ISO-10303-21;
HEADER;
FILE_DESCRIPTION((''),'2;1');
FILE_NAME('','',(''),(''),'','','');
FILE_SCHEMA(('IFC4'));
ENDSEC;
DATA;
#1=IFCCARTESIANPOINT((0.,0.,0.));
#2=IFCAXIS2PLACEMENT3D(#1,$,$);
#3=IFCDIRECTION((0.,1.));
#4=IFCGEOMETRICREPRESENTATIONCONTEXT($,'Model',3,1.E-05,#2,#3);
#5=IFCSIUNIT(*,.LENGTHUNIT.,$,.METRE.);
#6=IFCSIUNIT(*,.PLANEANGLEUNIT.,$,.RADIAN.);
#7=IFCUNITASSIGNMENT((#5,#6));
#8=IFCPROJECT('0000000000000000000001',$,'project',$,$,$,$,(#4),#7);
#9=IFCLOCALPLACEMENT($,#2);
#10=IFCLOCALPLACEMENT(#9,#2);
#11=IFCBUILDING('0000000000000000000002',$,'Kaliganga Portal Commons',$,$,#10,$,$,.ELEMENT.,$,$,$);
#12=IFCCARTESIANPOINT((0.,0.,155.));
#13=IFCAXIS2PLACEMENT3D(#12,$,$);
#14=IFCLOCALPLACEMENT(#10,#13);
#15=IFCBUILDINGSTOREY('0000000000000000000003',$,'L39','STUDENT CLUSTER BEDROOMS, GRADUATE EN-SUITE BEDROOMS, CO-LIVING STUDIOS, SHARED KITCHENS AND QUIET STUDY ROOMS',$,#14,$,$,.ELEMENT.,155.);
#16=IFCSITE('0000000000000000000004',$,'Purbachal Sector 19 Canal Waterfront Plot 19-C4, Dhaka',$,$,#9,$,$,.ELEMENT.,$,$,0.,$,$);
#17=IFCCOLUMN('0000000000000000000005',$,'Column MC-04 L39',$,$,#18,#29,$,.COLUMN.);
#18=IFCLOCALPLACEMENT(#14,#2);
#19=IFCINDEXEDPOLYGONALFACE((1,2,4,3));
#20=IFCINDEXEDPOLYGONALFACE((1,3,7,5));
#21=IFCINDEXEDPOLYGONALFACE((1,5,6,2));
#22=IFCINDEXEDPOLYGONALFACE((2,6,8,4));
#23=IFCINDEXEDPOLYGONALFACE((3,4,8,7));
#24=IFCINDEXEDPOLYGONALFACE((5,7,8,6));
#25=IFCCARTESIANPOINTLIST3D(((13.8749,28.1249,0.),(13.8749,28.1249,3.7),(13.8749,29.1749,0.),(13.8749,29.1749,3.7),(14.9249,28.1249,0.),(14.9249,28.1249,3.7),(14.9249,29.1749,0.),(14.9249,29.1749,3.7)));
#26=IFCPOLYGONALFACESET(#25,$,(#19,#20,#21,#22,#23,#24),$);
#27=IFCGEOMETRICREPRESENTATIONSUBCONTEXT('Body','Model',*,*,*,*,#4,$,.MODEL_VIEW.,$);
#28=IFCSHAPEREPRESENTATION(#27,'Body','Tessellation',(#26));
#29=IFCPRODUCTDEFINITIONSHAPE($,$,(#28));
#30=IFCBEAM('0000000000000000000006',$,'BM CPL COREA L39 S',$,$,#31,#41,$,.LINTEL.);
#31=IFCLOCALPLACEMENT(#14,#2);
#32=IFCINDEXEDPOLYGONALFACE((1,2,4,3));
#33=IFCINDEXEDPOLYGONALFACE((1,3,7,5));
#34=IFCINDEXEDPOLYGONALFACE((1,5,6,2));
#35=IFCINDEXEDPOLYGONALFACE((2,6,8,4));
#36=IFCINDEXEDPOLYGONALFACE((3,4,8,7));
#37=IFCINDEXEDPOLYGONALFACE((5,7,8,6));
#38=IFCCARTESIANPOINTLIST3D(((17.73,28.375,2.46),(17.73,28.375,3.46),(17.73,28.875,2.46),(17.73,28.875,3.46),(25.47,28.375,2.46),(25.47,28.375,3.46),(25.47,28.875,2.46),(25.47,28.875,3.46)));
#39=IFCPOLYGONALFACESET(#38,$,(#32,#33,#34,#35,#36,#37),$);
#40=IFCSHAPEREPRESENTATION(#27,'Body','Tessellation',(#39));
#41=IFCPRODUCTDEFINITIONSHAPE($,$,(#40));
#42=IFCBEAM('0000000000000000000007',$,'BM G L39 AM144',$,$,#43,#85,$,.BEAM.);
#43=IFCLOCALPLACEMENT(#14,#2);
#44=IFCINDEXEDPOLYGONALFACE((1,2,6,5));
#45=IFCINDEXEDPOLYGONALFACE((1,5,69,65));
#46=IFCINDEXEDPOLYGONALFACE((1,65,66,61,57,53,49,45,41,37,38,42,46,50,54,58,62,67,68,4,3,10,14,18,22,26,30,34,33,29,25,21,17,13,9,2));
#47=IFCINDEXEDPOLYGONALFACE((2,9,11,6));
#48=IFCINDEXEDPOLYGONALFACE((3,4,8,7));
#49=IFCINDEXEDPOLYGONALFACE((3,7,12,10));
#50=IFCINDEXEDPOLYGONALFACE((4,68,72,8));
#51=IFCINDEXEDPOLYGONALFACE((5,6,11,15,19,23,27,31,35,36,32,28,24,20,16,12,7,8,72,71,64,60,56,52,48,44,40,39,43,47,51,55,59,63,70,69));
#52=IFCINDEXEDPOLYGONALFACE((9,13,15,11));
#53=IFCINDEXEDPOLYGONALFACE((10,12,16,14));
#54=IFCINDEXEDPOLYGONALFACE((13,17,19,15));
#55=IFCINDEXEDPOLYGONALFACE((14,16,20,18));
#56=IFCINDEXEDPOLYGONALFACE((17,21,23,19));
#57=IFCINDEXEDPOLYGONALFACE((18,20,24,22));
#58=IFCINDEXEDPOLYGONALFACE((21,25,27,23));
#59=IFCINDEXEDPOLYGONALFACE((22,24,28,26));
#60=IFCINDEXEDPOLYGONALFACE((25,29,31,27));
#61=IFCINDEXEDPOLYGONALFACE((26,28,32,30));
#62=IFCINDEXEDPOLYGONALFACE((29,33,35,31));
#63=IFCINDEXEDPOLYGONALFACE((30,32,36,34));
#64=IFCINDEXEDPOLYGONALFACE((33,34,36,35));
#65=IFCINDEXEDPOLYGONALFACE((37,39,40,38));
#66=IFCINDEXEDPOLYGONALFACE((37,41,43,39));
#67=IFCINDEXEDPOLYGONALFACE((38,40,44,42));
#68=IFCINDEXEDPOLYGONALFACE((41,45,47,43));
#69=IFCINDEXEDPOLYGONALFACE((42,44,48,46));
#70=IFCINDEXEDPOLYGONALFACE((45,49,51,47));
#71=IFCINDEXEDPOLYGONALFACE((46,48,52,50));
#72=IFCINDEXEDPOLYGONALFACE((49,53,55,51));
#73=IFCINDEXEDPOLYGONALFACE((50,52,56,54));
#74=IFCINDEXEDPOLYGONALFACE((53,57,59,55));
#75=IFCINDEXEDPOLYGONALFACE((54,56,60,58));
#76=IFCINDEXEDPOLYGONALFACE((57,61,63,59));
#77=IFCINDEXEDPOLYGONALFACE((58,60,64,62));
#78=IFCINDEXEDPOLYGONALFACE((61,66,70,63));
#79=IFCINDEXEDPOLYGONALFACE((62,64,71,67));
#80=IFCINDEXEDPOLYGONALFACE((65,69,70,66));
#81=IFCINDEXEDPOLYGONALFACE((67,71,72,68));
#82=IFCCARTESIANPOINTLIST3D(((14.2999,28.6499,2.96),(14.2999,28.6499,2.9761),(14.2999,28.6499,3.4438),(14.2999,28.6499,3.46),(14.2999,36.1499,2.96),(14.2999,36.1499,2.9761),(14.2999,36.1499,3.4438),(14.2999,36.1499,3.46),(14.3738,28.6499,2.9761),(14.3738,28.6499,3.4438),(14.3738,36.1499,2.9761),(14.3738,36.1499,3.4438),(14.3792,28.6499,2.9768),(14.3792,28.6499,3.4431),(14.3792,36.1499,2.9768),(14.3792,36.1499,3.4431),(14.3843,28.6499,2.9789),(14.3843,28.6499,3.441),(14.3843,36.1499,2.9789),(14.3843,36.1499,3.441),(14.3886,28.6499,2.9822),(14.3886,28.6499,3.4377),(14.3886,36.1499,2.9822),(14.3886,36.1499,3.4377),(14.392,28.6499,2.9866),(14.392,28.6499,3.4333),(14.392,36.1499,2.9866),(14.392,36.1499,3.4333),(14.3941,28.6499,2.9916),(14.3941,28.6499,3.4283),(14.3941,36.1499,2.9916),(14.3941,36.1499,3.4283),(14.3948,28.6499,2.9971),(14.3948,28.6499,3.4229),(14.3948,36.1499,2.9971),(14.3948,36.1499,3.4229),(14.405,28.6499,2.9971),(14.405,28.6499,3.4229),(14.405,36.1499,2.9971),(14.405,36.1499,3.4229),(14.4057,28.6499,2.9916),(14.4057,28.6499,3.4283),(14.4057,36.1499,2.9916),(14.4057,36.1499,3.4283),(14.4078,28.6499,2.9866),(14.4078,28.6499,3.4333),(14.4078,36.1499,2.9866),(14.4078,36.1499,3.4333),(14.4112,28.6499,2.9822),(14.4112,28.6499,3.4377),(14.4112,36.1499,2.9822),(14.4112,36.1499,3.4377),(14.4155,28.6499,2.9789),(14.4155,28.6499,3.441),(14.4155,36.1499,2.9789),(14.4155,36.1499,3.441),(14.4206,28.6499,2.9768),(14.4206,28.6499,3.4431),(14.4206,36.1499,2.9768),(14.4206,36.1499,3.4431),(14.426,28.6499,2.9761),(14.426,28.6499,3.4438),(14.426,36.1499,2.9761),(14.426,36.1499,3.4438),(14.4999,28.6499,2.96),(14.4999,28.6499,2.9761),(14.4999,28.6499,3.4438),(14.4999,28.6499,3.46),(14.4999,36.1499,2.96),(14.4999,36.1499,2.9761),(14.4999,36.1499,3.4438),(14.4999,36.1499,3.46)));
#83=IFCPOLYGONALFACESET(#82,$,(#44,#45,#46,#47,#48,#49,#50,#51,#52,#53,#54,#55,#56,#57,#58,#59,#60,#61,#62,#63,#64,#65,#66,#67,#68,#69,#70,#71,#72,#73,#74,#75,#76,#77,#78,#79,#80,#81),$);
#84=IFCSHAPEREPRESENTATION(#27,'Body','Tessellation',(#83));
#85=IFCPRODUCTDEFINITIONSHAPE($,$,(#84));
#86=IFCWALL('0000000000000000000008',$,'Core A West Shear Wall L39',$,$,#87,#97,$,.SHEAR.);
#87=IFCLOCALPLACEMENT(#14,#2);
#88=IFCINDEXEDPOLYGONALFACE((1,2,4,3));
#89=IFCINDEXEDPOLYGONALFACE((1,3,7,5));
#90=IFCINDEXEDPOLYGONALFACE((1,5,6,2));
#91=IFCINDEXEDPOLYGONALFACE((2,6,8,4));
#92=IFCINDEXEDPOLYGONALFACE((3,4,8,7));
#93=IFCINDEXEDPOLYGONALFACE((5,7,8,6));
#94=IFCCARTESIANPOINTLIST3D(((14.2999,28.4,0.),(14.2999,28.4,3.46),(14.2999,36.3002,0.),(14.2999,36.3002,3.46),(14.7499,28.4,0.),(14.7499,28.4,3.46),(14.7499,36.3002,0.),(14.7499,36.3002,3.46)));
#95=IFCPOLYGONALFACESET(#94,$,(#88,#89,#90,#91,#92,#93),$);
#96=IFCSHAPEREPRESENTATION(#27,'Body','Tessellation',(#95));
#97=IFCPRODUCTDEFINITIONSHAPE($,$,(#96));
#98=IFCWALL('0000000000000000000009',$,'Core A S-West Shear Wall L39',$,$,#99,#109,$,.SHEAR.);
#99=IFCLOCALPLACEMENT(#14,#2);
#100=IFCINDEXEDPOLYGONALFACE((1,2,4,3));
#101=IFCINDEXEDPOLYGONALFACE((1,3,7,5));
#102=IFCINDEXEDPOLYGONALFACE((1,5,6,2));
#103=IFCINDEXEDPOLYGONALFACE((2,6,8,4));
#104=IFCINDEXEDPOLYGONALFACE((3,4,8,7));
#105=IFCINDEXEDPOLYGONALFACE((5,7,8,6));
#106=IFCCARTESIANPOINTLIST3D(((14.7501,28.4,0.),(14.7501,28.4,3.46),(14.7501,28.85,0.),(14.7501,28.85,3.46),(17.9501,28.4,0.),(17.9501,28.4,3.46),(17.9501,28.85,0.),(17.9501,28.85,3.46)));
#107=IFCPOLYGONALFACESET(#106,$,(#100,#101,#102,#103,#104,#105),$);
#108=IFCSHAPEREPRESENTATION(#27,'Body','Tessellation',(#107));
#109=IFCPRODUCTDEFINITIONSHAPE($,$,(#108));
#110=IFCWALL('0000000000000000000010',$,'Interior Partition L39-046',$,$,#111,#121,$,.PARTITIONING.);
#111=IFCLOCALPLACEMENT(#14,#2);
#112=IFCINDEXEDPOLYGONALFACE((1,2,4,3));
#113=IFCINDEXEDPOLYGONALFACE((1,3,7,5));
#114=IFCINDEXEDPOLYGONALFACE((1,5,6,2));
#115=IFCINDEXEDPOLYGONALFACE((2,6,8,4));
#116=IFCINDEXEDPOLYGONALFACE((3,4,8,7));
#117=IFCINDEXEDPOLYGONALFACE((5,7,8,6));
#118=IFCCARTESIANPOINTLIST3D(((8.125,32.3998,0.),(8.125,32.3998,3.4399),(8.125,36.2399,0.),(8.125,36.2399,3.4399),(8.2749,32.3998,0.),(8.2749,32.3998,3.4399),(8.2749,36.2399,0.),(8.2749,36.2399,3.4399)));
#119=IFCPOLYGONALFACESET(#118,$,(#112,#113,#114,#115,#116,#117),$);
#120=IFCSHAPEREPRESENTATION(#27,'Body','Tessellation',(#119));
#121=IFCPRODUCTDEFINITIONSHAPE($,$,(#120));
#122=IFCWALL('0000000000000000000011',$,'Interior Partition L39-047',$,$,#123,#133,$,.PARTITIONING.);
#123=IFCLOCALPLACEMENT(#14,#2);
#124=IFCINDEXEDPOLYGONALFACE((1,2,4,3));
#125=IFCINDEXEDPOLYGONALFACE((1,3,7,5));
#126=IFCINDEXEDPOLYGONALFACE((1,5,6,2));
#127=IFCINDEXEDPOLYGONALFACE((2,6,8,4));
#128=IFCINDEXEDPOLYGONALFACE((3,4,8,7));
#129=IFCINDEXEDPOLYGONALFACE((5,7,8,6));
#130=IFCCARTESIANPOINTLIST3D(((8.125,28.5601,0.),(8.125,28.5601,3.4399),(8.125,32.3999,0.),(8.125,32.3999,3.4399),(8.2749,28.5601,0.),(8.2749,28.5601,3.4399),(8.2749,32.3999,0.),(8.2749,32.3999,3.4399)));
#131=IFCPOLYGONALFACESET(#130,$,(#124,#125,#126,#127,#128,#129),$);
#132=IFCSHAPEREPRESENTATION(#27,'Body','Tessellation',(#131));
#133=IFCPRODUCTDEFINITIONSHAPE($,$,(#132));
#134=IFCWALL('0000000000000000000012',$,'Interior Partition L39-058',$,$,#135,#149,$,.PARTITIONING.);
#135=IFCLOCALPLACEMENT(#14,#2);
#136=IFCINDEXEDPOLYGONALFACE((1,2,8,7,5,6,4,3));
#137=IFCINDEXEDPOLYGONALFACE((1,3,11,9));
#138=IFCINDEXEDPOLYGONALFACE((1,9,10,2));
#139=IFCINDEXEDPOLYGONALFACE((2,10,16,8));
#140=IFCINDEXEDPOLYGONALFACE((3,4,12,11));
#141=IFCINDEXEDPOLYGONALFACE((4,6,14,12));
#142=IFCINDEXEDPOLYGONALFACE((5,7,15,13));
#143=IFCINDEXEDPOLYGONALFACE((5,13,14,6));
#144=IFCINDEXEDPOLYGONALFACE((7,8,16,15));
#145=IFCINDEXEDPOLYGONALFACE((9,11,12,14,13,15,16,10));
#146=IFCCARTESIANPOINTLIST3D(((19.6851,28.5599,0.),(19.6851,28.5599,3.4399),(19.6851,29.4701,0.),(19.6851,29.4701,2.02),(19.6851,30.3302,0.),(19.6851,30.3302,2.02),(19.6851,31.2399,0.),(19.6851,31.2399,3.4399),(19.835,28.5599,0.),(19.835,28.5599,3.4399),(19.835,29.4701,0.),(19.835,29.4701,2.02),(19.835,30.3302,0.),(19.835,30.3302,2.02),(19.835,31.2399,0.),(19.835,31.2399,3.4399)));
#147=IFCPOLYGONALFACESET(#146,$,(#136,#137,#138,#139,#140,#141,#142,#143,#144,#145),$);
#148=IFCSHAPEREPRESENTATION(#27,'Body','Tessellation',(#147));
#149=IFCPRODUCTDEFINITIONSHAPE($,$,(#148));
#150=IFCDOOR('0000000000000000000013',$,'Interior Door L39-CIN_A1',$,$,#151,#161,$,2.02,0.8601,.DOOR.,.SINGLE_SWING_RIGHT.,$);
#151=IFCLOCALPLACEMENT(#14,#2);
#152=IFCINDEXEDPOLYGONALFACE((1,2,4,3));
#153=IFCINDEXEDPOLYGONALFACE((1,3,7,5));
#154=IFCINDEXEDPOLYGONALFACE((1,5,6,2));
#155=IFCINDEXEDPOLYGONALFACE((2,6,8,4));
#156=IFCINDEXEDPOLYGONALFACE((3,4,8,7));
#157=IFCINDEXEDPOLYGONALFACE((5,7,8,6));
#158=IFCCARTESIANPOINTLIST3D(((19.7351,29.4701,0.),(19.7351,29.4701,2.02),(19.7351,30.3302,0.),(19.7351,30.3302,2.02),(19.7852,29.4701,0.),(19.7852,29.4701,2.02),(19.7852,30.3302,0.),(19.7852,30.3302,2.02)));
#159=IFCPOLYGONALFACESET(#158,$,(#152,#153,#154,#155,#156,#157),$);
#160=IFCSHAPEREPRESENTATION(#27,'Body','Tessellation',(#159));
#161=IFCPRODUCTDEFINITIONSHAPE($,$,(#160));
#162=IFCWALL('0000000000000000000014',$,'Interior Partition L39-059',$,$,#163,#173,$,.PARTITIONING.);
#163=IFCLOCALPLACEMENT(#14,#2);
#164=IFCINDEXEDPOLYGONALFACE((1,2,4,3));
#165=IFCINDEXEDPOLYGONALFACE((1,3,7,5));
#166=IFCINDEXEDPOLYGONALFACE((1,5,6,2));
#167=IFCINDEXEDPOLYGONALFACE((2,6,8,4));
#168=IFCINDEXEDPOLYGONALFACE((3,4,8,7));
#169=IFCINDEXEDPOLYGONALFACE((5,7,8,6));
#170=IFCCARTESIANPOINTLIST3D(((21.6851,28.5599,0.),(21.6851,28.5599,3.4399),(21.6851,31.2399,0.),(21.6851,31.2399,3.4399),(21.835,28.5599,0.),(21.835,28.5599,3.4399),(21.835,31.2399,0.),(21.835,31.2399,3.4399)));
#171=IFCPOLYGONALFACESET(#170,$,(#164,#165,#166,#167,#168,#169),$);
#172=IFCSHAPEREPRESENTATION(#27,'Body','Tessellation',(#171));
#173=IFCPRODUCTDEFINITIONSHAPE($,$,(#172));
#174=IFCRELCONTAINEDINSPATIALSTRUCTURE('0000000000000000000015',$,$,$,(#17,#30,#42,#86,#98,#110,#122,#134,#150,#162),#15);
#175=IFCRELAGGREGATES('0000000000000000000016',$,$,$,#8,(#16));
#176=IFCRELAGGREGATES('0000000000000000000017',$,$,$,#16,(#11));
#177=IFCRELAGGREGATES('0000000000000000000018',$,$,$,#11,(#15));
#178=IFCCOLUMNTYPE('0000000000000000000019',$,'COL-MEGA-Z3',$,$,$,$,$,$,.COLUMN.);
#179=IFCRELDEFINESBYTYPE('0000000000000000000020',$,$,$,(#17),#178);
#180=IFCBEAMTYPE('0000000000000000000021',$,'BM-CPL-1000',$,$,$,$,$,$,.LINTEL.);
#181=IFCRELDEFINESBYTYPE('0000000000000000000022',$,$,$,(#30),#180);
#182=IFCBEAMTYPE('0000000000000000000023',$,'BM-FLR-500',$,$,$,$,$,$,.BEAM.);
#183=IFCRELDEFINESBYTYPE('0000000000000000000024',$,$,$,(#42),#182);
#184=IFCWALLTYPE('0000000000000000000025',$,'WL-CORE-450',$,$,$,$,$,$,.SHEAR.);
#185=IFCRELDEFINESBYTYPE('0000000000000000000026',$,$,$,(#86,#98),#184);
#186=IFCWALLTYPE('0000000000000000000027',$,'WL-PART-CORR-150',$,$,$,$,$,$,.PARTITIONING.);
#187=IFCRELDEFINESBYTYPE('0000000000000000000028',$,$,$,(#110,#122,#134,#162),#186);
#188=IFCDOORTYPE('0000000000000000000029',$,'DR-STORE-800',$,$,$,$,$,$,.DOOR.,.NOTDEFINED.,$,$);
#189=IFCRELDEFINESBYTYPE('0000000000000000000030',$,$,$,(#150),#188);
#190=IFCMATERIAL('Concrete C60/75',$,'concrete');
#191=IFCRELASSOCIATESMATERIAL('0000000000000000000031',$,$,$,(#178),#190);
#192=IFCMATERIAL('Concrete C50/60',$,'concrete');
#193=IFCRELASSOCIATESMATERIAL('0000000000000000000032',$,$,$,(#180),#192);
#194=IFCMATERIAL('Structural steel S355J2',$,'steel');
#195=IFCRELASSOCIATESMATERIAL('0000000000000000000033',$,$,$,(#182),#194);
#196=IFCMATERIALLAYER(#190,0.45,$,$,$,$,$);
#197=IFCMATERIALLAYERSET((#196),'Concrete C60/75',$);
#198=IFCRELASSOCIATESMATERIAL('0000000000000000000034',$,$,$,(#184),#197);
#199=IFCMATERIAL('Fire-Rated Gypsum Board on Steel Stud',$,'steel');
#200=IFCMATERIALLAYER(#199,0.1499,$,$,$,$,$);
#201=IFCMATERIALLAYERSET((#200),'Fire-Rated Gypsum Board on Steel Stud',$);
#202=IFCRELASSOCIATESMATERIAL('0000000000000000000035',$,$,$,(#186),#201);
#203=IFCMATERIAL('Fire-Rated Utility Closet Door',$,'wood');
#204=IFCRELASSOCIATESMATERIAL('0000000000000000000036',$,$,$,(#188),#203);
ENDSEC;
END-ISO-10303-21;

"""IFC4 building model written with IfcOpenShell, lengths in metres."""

from ifc_helpers import new_model, si_unit, direction, frame, frame_2d, origin, origin_2d, place, context, subcontext, project, spatial, rectangle, i_section, extrude, source, transform, mapped, material, layer, layer_set, material_profile, profile_set, type_object, element, fill, save


model = new_model("IFC4")

# Units and contexts
model_context = context("Model", 3, precision=1e-05, world=origin(), true_north=direction((0.0, 1.0)))
body_context = subcontext(model_context, "Body", "Model", "MODEL_VIEW")
ifc_project = project(units=[si_unit("LENGTHUNIT", "METRE"), si_unit("PLANEANGLEUNIT", "RADIAN")], contexts=[model_context])

# Site, building, storey
site_placement = place(None, origin())
site = spatial("IfcSite", under=ifc_project, at=site_placement, Name="Purbachal Sector 19 Canal Waterfront Plot 19-C4, Dhaka", CompositionType="ELEMENT", RefElevation=0.0)
building_placement = place(site_placement, origin())
building = spatial("IfcBuilding", under=site, at=building_placement, Name="Kaliganga Portal Commons", CompositionType="ELEMENT")
storey_placement = place(building_placement, frame((0.0, 0.0, 155.0)))
storey = spatial("IfcBuildingStorey", under=building, at=storey_placement, Name="L39", Description="STUDENT CLUSTER BEDROOMS, GRADUATE EN-SUITE BEDROOMS, CO-LIVING STUDIOS, SHARED KITCHENS AND QUIET STUDY ROOMS", CompositionType="ELEMENT", Elevation=155.0)

# Column
ifc_material_1 = material(Name="Concrete C60/75", Category="concrete")
ifc_material_profile_1 = material_profile(ifc_material_1, rectangle(XDim=1.05, YDim=1.05, at=origin_2d()), Name="RC 1050x1050")
ifc_profile_set_1 = profile_set([ifc_material_profile_1], Name="Concrete C60/75")
column_type = type_object("IfcColumnType", Name="COL-MEGA-Z3", PredefinedType="COLUMN", material=ifc_profile_set_1)
shared_shape_1 = source(origin(), body_context, "Body", "SweptSolid", [
    extrude(rectangle(XDim=1.05, YDim=1.05, at=origin_2d()), origin(), (0.0, 0.0, 1.0), 3.7),
])
column_placement = place(storey_placement, frame((14.3999, 28.6499, 0.0), z_axis=(0.0, 0.0, 1.0), x_axis=(1.0, 0.0, 0.0)))
element("IfcColumn", 1, at=column_placement, inside=storey, type_object=column_type, Name="Column MC-04 L39", PredefinedType="COLUMN", context=body_context, shape_type="MappedRepresentation", body=[
    mapped(shared_shape_1, transform((0.0, 0.0, 0.0), x_axis=(1.0, 0.0, 0.0), y_axis=(0.0, 1.0, 0.0), z_axis=(0.0, 0.0, 1.0), scale=1.0)),
])

# Beams
ifc_material_2 = material(Name="Concrete C50/60", Category="concrete")
ifc_material_profile_2 = material_profile(ifc_material_2, rectangle(XDim=0.5, YDim=1.0, at=origin_2d()), Name="RC 500x1000")
ifc_profile_set_2 = profile_set([ifc_material_profile_2], Name="Concrete C50/60")
beam_type_1 = type_object("IfcBeamType", Name="BM-CPL-1000", PredefinedType="LINTEL", material=ifc_profile_set_2)
shared_shape_2 = source(origin(), body_context, "Body", "SweptSolid", [
    extrude(rectangle(XDim=0.5, YDim=1.0, at=origin_2d()), origin(), (0.0, 0.0, 1.0), 7.74),
])
beam_1_placement = place(storey_placement, frame((17.73, 28.625, 2.96), z_axis=(1.0, 0.0, 0.0), x_axis=(0.0, 1.0, 0.0)))
element("IfcBeam", 2, at=beam_1_placement, inside=storey, type_object=beam_type_1, Name="BM CPL COREA L39 S", PredefinedType="LINTEL", context=body_context, shape_type="MappedRepresentation", body=[
    mapped(shared_shape_2, transform((0.0, 0.0, 0.0), x_axis=(1.0, 0.0, 0.0), y_axis=(0.0, 1.0, 0.0), z_axis=(0.0, 0.0, 1.0), scale=1.0)),
])
ifc_material_3 = material(Name="Structural steel S355J2", Category="steel")
ifc_material_profile_3 = material_profile(ifc_material_3, i_section(OverallWidth=0.2, OverallDepth=0.5, WebThickness=0.0103, FlangeThickness=0.0161, FilletRadius=0.021, at=origin_2d()), Name="IPE 500")
ifc_profile_set_3 = profile_set([ifc_material_profile_3], Name="Structural steel S355J2 wide-flange")
beam_type_2 = type_object("IfcBeamType", Name="BM-FLR-500", PredefinedType="BEAM", material=ifc_profile_set_3)
shared_shape_3 = source(origin(), body_context, "Body", "SweptSolid", [
    extrude(i_section(OverallWidth=0.2, OverallDepth=0.5, WebThickness=0.0103, FlangeThickness=0.0161, FilletRadius=0.021, at=origin_2d()), origin(), (0.0, 0.0, 1.0), 7.5),
])
beam_2_placement = place(storey_placement, frame((14.3999, 28.6499, 3.21), z_axis=(0.0, 1.0, 0.0), x_axis=(-1.0, 0.0, 0.0)))
element("IfcBeam", 3, at=beam_2_placement, inside=storey, type_object=beam_type_2, Name="BM G L39 AM144", PredefinedType="BEAM", context=body_context, shape_type="MappedRepresentation", body=[
    mapped(shared_shape_3, transform((0.0, 0.0, 0.0), x_axis=(1.0, 0.0, 0.0), y_axis=(0.0, 1.0, 0.0), z_axis=(0.0, 0.0, 1.0), scale=1.0)),
])

# Walls
ifc_layer_1 = layer(ifc_material_1, 0.45)
ifc_layer_set_1 = layer_set([ifc_layer_1], Name="Concrete C60/75")
wall_type_1 = type_object("IfcWallType", Name="WL-CORE-450", PredefinedType="SHEAR", material=ifc_layer_set_1)
wall_1_placement = place(storey_placement, frame((14.5249, 28.3999, 0.0), z_axis=(0.0, 0.0, 1.0), x_axis=(0.0, 1.0, 0.0)))
element("IfcWall", 4, at=wall_1_placement, inside=storey, type_object=wall_type_1, Name="Core A West Shear Wall L39", PredefinedType="SHEAR", context=body_context, shape_type="SweptSolid", body=[
    extrude(rectangle(XDim=7.9001, YDim=0.45, at=frame_2d((3.9502, 0.0))), origin(), (0.0, 0.0, 1.0), 3.46),
])
wall_2_placement = place(storey_placement, frame((14.75, 28.625, 0.0), z_axis=(0.0, 0.0, 1.0), x_axis=(1.0, 0.0, 0.0)))
element("IfcWall", 5, at=wall_2_placement, inside=storey, type_object=wall_type_1, Name="Core A S-West Shear Wall L39", PredefinedType="SHEAR", context=body_context, shape_type="SweptSolid", body=[
    extrude(rectangle(XDim=3.2, YDim=0.45, at=frame_2d((1.6001, 0.0))), origin(), (0.0, 0.0, 1.0), 3.46),
])
ifc_material_4 = material(Name="Fire-Rated Gypsum Board on Steel Stud", Category="steel")
ifc_layer_2 = layer(ifc_material_4, 0.1499)
ifc_layer_set_2 = layer_set([ifc_layer_2], Name="Fire-Rated Gypsum Board on Steel Stud")
wall_type_2 = type_object("IfcWallType", Name="WL-PART-CORR-150", PredefinedType="PARTITIONING", material=ifc_layer_set_2)
wall_3_placement = place(storey_placement, frame((8.2, 32.3999, 0.0), z_axis=(0.0, 0.0, 1.0), x_axis=(0.0, 1.0, 0.0)))
element("IfcWall", 6, at=wall_3_placement, inside=storey, type_object=wall_type_2, Name="Interior Partition L39-046", PredefinedType="PARTITIONING", context=body_context, shape_type="SweptSolid", body=[
    extrude(rectangle(XDim=3.8401, YDim=0.1499, at=frame_2d((1.9199, 0.0))), origin(), (0.0, 0.0, 1.0), 3.4399),
])
wall_4_placement = place(storey_placement, frame((8.2, 28.5601, 0.0), z_axis=(0.0, 0.0, 1.0), x_axis=(0.0, 1.0, 0.0)))
element("IfcWall", 7, at=wall_4_placement, inside=storey, type_object=wall_type_2, Name="Interior Partition L39-047", PredefinedType="PARTITIONING", context=body_context, shape_type="SweptSolid", body=[
    extrude(rectangle(XDim=3.8398, YDim=0.1499, at=frame_2d((1.9199, 0.0))), origin(), (0.0, 0.0, 1.0), 3.4399),
])

# Wall, opening, door
wall_5_placement = place(storey_placement, frame((19.76, 28.5601, 0.0), z_axis=(0.0, 0.0, 1.0), x_axis=(0.0, 1.0, 0.0)))
wall_5 = element("IfcWall", 8, at=wall_5_placement, inside=storey, type_object=wall_type_2, Name="Interior Partition L39-058", PredefinedType="PARTITIONING", context=body_context, shape_type="SweptSolid", body=[
    extrude(rectangle(XDim=2.6799, YDim=0.1499, at=frame_2d((1.3398, 0.0))), origin(), (0.0, 0.0, 1.0), 3.4399),
])
opening_1_placement = place(wall_5_placement, frame((0.9099, 0.0, 0.0)))
opening_1 = element("IfcOpeningElement", 9, at=opening_1_placement, cuts=wall_5, PredefinedType="OPENING", context=body_context, shape_type="SweptSolid", body=[
    extrude(rectangle(XDim=0.8601, YDim=2.02, at=frame_2d((0.4302, 1.01))), frame((0.0, 0.085, 0.0), z_axis=(0.0, -1.0, 0.0), x_axis=(1.0, 0.0, 0.0)), (0.0, 0.0, 1.0), 0.1699),
])
ifc_material_5 = material(Name="Fire-Rated Utility Closet Door", Category="wood")
door_type_1 = type_object("IfcDoorType", Name="DR-STORE-800", OperationType="NOTDEFINED", PredefinedType="DOOR", material=ifc_material_5)
door_1_placement = place(opening_1_placement, origin())
door_1 = element("IfcDoor", 10, at=door_1_placement, inside=storey, type_object=door_type_1, Name="Interior Door L39-CIN_A1", OperationType="SINGLE_SWING_RIGHT", OverallHeight=2.02, OverallWidth=0.8601, PredefinedType="DOOR", context=body_context, shape_type="SweptSolid", body=[
    extrude(rectangle(XDim=0.8601, YDim=2.02, at=frame_2d((0.4302, 1.01))), frame((0.0, 0.0249, 0.0), z_axis=(0.0, -1.0, 0.0), x_axis=(1.0, 0.0, 0.0)), (0.0, 0.0, 1.0), 0.05),
])
fill(opening_1, door_1)

# Wall
wall_6_placement = place(storey_placement, frame((21.76, 28.5601, 0.0), z_axis=(0.0, 0.0, 1.0), x_axis=(0.0, 1.0, 0.0)))
element("IfcWall", 11, at=wall_6_placement, inside=storey, type_object=wall_type_2, Name="Interior Partition L39-059", PredefinedType="PARTITIONING", context=body_context, shape_type="SweptSolid", body=[
    extrude(rectangle(XDim=2.6799, YDim=0.1499, at=frame_2d((1.3398, 0.0))), origin(), (0.0, 0.0, 1.0), 3.4399),
])

save(model, "model.ifc")
